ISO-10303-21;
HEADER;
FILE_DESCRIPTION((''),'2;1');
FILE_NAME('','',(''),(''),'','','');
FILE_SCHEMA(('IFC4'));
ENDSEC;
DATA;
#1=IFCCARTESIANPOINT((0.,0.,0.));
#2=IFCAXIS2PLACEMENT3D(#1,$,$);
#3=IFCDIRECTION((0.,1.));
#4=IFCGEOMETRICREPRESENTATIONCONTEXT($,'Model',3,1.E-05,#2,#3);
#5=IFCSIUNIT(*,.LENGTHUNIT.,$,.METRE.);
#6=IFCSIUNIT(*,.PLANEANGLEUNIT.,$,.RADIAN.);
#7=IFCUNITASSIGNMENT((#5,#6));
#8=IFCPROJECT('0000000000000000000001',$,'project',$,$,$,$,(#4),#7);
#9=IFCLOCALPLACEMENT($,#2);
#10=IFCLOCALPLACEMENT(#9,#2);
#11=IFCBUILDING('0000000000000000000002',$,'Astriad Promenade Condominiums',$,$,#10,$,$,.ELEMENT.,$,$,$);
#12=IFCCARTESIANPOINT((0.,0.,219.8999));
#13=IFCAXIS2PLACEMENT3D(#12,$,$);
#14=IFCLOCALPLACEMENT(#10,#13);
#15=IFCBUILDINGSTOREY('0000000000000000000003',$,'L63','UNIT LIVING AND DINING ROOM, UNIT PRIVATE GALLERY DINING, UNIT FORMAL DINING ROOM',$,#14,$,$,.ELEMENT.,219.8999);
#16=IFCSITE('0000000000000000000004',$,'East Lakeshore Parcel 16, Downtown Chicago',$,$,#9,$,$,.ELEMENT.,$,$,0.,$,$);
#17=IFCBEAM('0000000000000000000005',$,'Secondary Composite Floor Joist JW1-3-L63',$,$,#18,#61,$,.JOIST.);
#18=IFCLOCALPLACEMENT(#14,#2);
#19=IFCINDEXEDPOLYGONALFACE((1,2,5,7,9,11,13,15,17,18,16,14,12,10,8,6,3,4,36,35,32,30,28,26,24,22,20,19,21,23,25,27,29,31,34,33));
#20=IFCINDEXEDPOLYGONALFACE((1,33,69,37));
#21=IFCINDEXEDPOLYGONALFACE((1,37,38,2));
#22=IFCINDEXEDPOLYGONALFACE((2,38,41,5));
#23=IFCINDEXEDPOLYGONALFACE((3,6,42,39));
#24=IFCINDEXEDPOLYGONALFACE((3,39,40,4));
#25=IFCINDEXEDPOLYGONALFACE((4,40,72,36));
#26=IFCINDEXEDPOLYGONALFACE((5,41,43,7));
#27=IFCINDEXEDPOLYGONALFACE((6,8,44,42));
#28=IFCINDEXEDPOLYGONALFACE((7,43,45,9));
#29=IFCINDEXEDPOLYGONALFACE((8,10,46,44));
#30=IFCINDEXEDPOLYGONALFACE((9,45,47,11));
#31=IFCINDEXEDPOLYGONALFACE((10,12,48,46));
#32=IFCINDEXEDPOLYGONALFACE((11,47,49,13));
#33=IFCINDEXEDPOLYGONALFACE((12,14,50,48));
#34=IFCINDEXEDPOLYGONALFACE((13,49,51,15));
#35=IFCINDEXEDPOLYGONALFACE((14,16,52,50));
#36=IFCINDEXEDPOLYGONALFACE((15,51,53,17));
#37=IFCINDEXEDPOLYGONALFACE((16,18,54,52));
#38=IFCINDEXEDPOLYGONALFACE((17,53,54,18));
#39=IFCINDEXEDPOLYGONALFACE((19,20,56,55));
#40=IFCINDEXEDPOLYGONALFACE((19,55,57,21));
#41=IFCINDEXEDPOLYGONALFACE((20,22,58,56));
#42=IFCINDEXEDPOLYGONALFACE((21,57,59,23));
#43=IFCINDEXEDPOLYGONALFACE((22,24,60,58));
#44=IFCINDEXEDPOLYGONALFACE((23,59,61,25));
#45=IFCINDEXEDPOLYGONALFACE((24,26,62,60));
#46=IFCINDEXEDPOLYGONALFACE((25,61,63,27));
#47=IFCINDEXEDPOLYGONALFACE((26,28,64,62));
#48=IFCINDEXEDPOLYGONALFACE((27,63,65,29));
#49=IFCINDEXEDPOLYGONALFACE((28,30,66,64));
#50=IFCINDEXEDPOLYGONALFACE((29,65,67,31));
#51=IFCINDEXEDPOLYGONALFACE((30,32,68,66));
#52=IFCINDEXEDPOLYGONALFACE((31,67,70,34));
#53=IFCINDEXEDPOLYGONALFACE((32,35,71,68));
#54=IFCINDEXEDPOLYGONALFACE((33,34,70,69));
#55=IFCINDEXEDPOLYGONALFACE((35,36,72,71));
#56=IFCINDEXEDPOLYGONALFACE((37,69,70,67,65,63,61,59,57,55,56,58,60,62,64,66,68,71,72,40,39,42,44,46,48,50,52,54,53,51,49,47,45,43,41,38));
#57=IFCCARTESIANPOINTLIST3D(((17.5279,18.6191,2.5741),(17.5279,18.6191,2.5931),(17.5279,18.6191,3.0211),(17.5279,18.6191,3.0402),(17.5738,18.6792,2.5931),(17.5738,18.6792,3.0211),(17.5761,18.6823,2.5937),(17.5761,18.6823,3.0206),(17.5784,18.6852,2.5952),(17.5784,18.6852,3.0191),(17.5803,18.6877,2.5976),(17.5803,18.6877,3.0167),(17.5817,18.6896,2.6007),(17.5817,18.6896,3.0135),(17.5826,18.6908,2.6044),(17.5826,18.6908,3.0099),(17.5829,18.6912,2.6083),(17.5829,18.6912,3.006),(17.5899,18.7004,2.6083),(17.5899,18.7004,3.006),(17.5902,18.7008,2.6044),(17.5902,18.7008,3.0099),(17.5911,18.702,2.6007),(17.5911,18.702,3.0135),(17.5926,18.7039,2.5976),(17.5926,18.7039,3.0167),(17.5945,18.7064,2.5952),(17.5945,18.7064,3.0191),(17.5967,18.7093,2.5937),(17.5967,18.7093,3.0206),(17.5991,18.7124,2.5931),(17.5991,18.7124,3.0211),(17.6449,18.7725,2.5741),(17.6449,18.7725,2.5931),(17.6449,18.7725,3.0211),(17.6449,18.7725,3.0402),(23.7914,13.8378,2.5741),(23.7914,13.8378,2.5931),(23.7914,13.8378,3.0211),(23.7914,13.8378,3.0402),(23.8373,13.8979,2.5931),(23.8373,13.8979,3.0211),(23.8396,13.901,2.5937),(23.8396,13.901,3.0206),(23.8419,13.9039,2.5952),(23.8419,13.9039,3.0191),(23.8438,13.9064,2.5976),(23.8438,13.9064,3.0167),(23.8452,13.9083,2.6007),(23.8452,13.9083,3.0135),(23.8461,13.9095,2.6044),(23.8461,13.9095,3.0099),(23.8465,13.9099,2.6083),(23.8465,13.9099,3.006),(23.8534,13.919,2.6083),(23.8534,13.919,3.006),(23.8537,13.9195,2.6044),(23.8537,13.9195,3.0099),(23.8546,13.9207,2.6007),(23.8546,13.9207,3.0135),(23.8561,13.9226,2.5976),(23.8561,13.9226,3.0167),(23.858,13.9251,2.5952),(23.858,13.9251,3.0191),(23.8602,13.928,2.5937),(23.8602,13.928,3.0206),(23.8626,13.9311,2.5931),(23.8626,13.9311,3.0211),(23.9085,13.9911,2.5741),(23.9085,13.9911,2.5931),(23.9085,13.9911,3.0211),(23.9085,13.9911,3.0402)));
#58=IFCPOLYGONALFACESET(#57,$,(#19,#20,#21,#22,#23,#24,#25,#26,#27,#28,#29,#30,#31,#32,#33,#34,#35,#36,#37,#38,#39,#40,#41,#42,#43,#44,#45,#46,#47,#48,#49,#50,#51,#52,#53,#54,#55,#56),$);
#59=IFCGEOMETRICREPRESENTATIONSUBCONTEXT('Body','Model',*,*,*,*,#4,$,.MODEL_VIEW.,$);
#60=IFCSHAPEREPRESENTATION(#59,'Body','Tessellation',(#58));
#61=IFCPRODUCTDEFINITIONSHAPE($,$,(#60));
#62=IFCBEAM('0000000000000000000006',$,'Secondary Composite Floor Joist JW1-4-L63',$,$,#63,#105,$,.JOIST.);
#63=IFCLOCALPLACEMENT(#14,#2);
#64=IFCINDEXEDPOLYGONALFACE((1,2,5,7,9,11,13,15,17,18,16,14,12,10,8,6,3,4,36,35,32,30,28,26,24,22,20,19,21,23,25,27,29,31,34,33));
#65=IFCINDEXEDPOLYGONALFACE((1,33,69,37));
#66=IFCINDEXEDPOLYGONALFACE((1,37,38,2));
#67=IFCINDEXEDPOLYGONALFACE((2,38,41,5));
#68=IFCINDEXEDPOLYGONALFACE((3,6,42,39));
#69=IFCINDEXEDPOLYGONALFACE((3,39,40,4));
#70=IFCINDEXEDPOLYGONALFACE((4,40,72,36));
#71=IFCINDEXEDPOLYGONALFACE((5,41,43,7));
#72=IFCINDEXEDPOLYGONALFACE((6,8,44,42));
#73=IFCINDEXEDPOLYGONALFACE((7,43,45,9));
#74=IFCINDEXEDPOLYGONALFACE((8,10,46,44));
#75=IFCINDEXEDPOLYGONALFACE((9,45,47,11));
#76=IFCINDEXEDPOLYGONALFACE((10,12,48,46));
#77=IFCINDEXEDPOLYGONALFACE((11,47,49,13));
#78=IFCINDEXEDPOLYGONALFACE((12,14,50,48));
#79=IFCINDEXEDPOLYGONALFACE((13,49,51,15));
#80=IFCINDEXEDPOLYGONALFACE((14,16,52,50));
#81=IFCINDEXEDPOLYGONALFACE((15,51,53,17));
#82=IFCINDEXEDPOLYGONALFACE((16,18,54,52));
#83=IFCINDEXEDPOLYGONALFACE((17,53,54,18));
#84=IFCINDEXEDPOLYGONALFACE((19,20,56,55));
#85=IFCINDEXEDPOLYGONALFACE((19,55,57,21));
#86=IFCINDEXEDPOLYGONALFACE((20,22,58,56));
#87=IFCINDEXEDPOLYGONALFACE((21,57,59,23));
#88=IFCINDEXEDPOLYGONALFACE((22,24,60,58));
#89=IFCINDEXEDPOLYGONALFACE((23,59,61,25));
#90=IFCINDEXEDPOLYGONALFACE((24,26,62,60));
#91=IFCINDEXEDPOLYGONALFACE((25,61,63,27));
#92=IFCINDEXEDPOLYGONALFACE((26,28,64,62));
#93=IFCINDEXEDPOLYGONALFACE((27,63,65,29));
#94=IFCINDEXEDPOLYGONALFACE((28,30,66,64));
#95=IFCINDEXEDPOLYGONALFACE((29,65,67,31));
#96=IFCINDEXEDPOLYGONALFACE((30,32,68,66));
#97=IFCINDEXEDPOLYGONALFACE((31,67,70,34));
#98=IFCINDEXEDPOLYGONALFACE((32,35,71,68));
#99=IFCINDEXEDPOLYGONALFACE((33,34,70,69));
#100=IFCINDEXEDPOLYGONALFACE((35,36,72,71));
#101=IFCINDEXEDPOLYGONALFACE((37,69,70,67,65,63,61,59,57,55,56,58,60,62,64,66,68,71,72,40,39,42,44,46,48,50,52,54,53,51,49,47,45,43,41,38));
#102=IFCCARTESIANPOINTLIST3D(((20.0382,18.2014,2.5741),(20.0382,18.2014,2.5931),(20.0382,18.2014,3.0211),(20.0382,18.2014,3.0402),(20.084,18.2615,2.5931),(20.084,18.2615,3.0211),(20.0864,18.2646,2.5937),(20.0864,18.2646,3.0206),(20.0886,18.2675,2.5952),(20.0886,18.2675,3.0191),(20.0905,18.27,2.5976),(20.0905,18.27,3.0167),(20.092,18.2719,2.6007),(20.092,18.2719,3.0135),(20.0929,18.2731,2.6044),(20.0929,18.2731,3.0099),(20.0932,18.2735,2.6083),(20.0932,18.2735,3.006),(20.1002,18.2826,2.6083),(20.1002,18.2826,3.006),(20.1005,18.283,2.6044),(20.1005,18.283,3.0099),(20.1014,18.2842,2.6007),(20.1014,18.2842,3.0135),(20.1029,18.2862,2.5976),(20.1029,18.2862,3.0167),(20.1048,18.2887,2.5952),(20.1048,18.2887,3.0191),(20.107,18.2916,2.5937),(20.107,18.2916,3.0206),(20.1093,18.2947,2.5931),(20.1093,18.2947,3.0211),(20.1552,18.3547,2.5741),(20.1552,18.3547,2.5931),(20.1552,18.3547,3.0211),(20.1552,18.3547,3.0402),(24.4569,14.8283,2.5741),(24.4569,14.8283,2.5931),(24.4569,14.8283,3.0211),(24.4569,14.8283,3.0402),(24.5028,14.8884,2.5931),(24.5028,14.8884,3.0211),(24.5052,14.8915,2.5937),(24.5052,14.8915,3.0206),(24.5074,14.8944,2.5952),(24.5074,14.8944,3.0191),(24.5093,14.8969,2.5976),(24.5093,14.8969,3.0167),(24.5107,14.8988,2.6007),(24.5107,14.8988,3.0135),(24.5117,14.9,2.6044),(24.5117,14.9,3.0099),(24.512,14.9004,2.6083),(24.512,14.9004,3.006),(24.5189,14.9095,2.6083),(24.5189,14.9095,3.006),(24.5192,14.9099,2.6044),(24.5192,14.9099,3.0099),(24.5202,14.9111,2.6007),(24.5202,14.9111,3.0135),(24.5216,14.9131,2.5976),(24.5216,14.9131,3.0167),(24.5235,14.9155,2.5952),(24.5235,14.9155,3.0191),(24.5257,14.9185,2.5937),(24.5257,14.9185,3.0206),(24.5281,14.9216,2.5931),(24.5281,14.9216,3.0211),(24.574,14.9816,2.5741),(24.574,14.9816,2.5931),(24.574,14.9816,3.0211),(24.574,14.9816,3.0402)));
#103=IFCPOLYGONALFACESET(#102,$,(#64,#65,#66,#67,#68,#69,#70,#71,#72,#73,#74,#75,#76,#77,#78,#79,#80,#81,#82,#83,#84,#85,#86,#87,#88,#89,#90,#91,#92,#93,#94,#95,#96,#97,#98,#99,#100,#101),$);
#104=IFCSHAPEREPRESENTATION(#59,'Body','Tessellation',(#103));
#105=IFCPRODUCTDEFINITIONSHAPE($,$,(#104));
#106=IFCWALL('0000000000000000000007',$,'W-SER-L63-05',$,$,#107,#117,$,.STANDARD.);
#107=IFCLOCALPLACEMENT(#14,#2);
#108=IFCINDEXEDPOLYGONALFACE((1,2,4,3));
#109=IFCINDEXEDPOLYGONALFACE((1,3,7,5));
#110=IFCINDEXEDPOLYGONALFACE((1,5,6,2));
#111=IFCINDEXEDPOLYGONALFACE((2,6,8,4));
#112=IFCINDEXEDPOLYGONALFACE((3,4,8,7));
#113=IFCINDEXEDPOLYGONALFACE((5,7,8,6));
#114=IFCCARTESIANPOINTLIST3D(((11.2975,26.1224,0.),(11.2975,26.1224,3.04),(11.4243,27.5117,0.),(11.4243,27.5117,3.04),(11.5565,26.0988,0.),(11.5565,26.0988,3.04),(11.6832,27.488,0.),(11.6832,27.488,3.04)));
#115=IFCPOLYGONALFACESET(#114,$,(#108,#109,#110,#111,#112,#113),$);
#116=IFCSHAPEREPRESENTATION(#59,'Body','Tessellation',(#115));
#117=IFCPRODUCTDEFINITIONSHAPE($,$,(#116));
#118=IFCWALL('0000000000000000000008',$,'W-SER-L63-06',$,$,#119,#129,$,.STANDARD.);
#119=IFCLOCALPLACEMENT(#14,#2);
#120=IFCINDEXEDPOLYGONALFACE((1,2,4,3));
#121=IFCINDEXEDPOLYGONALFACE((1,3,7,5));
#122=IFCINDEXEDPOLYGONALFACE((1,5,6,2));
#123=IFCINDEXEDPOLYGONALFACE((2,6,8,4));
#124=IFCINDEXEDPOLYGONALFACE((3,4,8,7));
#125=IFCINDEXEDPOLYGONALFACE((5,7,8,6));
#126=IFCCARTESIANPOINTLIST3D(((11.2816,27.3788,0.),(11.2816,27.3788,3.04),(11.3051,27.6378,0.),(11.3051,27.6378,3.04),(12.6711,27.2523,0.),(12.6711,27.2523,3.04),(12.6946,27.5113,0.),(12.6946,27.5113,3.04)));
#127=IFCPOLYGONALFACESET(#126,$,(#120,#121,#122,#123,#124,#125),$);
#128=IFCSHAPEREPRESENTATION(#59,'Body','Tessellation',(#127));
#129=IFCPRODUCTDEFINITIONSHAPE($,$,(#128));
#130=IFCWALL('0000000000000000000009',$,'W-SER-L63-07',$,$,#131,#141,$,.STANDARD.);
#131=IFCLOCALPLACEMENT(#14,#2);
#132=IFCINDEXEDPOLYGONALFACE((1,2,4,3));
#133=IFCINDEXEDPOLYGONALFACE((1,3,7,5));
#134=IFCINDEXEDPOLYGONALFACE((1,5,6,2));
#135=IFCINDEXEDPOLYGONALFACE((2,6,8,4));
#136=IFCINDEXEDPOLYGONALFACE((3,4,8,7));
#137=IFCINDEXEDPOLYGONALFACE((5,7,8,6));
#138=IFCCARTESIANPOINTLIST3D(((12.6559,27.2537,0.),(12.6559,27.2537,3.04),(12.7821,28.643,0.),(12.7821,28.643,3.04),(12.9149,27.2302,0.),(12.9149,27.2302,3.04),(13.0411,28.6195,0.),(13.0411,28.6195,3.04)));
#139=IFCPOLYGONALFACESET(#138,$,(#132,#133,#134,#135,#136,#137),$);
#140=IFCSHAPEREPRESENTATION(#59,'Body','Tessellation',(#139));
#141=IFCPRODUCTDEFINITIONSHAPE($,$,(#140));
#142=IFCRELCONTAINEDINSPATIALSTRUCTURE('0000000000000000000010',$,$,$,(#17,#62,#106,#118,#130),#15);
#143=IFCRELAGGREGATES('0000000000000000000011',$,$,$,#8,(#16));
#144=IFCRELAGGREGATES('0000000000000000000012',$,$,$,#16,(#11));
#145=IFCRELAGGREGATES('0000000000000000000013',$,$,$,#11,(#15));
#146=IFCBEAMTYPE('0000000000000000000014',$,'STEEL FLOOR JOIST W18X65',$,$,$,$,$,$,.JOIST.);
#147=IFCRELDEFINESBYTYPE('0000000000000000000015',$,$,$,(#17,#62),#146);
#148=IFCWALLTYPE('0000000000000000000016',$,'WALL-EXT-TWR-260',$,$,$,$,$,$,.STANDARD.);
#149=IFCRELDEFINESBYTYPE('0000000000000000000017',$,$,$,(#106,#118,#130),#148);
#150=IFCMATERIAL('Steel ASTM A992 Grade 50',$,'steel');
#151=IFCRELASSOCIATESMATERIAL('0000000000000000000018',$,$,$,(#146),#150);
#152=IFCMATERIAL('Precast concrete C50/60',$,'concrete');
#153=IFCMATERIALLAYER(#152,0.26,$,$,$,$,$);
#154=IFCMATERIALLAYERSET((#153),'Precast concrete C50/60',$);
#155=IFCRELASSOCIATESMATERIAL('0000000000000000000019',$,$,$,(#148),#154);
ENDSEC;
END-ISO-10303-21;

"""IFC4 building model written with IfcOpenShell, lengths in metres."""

from ifc_helpers import new_model, si_unit, direction, frame, frame_2d, origin, origin_2d, place, context, subcontext, project, spatial, rectangle, i_section, extrude, source, transform, mapped, material, layer, layer_set, material_profile, profile_set, type_object, element, save


model = new_model("IFC4")

# Units and contexts
model_context = context("Model", 3, precision=1e-05, world=origin(), true_north=direction((0.0, 1.0)))
body_context = subcontext(model_context, "Body", "Model", "MODEL_VIEW")
ifc_project = project(units=[si_unit("LENGTHUNIT", "METRE"), si_unit("PLANEANGLEUNIT", "RADIAN")], contexts=[model_context])

# Site, building, storey
site_placement = place(None, origin())
site = spatial("IfcSite", under=ifc_project, at=site_placement, Name="East Lakeshore Parcel 16, Downtown Chicago", CompositionType="ELEMENT", RefElevation=0.0)
building_placement = place(site_placement, origin())
building = spatial("IfcBuilding", under=site, at=building_placement, Name="Astriad Promenade Condominiums", CompositionType="ELEMENT")
storey_placement = place(building_placement, frame((0.0, 0.0, 219.8999)))
storey = spatial("IfcBuildingStorey", under=building, at=storey_placement, Name="L63", Description="UNIT LIVING AND DINING ROOM, UNIT PRIVATE GALLERY DINING, UNIT FORMAL DINING ROOM", CompositionType="ELEMENT", Elevation=219.8999)

# Beams
ifc_material_1 = material(Name="Steel ASTM A992 Grade 50", Category="steel")
ifc_material_profile_1 = material_profile(ifc_material_1, i_section(OverallWidth=0.1929, OverallDepth=0.4661, WebThickness=0.0115, FlangeThickness=0.019, FilletRadius=0.0151, at=origin_2d()), Name="W18X65")
ifc_profile_set_1 = profile_set([ifc_material_profile_1], Name="Steel ASTM A992 Grade 50")
beam_type_1 = type_object("IfcBeamType", Name="STEEL FLOOR JOIST W18X65", PredefinedType="JOIST", material=ifc_profile_set_1)
shared_shape_1 = source(origin(), body_context, "Body", "SweptSolid", [
    extrude(i_section(OverallWidth=0.1929, OverallDepth=0.4661, WebThickness=0.0115, FlangeThickness=0.019, FilletRadius=0.0151, at=origin_2d()), origin(), (0.0, 0.0, 1.0), 7.8799),
])
beam_1_placement = place(storey_placement, frame((17.5864, 18.6958, 2.8071), z_axis=(0.794874, -0.606775, 0.0), x_axis=(0.606775, 0.794874, 0.0)))
element("IfcBeam", 1, at=beam_1_placement, inside=storey, type_object=beam_type_1, Name="Secondary Composite Floor Joist JW1-3-L63", PredefinedType="JOIST", context=body_context, shape_type="MappedRepresentation", body=[
    mapped(shared_shape_1, transform((0.0, 0.0, 0.0), scale=1.0)),
])
shared_shape_2 = source(origin(), body_context, "Body", "SweptSolid", [
    extrude(i_section(OverallWidth=0.1929, OverallDepth=0.4661, WebThickness=0.0115, FlangeThickness=0.019, FilletRadius=0.0151, at=origin_2d()), origin(), (0.0, 0.0, 1.0), 5.5591),
])
beam_2_placement = place(storey_placement, frame((20.0967, 18.2781, 2.8071), z_axis=(0.794875, -0.606773, 0.0), x_axis=(0.606773, 0.794875, 0.0)))
element("IfcBeam", 2, at=beam_2_placement, inside=storey, type_object=beam_type_1, Name="Secondary Composite Floor Joist JW1-4-L63", PredefinedType="JOIST", context=body_context, shape_type="MappedRepresentation", body=[
    mapped(shared_shape_2, transform((0.0, 0.0, 0.0), scale=1.0)),
])

# Walls
ifc_material_2 = material(Name="Precast concrete C50/60", Category="concrete")
ifc_layer_1 = layer(ifc_material_2, 0.26)
ifc_layer_set_1 = layer_set([ifc_layer_1], Name="Precast concrete C50/60")
wall_type_1 = type_object("IfcWallType", Name="WALL-EXT-TWR-260", PredefinedType="STANDARD", material=ifc_layer_set_1)
wall_1_placement = place(storey_placement, frame((11.427, 26.1106, 0.0), z_axis=(0.0, 0.0, 1.0), x_axis=(0.090836, 0.995866, 0.0)))
element("IfcWall", 3, at=wall_1_placement, inside=storey, type_object=wall_type_1, Name="W-SER-L63-05", PredefinedType="STANDARD", context=body_context, shape_type="SweptSolid", body=[
    extrude(rectangle(XDim=1.395, YDim=0.26, at=frame_2d((0.6975, 0.0))), origin(), (0.0, 0.0, 1.0), 3.04),
])
wall_2_placement = place(storey_placement, frame((11.2932, 27.5083, 0.0), z_axis=(0.0, 0.0, 1.0), x_axis=(0.995883, -0.090646, 0.0)))
element("IfcWall", 4, at=wall_2_placement, inside=storey, type_object=wall_type_1, Name="W-SER-L63-06", PredefinedType="STANDARD", context=body_context, shape_type="SweptSolid", body=[
    extrude(rectangle(XDim=1.3953, YDim=0.26, at=frame_2d((0.6978, 0.0))), origin(), (0.0, 0.0, 1.0), 3.04),
])
wall_3_placement = place(storey_placement, frame((12.7854, 27.2419, 0.0), z_axis=(0.0, 0.0, 1.0), x_axis=(0.090473, 0.995899, 0.0)))
element("IfcWall", 5, at=wall_3_placement, inside=storey, type_object=wall_type_1, Name="W-SER-L63-07", PredefinedType="STANDARD", context=body_context, shape_type="SweptSolid", body=[
    extrude(rectangle(XDim=1.395, YDim=0.26, at=frame_2d((0.6975, 0.0))), origin(), (0.0, 0.0, 1.0), 3.04),
])

save(model, "model.ifc")
